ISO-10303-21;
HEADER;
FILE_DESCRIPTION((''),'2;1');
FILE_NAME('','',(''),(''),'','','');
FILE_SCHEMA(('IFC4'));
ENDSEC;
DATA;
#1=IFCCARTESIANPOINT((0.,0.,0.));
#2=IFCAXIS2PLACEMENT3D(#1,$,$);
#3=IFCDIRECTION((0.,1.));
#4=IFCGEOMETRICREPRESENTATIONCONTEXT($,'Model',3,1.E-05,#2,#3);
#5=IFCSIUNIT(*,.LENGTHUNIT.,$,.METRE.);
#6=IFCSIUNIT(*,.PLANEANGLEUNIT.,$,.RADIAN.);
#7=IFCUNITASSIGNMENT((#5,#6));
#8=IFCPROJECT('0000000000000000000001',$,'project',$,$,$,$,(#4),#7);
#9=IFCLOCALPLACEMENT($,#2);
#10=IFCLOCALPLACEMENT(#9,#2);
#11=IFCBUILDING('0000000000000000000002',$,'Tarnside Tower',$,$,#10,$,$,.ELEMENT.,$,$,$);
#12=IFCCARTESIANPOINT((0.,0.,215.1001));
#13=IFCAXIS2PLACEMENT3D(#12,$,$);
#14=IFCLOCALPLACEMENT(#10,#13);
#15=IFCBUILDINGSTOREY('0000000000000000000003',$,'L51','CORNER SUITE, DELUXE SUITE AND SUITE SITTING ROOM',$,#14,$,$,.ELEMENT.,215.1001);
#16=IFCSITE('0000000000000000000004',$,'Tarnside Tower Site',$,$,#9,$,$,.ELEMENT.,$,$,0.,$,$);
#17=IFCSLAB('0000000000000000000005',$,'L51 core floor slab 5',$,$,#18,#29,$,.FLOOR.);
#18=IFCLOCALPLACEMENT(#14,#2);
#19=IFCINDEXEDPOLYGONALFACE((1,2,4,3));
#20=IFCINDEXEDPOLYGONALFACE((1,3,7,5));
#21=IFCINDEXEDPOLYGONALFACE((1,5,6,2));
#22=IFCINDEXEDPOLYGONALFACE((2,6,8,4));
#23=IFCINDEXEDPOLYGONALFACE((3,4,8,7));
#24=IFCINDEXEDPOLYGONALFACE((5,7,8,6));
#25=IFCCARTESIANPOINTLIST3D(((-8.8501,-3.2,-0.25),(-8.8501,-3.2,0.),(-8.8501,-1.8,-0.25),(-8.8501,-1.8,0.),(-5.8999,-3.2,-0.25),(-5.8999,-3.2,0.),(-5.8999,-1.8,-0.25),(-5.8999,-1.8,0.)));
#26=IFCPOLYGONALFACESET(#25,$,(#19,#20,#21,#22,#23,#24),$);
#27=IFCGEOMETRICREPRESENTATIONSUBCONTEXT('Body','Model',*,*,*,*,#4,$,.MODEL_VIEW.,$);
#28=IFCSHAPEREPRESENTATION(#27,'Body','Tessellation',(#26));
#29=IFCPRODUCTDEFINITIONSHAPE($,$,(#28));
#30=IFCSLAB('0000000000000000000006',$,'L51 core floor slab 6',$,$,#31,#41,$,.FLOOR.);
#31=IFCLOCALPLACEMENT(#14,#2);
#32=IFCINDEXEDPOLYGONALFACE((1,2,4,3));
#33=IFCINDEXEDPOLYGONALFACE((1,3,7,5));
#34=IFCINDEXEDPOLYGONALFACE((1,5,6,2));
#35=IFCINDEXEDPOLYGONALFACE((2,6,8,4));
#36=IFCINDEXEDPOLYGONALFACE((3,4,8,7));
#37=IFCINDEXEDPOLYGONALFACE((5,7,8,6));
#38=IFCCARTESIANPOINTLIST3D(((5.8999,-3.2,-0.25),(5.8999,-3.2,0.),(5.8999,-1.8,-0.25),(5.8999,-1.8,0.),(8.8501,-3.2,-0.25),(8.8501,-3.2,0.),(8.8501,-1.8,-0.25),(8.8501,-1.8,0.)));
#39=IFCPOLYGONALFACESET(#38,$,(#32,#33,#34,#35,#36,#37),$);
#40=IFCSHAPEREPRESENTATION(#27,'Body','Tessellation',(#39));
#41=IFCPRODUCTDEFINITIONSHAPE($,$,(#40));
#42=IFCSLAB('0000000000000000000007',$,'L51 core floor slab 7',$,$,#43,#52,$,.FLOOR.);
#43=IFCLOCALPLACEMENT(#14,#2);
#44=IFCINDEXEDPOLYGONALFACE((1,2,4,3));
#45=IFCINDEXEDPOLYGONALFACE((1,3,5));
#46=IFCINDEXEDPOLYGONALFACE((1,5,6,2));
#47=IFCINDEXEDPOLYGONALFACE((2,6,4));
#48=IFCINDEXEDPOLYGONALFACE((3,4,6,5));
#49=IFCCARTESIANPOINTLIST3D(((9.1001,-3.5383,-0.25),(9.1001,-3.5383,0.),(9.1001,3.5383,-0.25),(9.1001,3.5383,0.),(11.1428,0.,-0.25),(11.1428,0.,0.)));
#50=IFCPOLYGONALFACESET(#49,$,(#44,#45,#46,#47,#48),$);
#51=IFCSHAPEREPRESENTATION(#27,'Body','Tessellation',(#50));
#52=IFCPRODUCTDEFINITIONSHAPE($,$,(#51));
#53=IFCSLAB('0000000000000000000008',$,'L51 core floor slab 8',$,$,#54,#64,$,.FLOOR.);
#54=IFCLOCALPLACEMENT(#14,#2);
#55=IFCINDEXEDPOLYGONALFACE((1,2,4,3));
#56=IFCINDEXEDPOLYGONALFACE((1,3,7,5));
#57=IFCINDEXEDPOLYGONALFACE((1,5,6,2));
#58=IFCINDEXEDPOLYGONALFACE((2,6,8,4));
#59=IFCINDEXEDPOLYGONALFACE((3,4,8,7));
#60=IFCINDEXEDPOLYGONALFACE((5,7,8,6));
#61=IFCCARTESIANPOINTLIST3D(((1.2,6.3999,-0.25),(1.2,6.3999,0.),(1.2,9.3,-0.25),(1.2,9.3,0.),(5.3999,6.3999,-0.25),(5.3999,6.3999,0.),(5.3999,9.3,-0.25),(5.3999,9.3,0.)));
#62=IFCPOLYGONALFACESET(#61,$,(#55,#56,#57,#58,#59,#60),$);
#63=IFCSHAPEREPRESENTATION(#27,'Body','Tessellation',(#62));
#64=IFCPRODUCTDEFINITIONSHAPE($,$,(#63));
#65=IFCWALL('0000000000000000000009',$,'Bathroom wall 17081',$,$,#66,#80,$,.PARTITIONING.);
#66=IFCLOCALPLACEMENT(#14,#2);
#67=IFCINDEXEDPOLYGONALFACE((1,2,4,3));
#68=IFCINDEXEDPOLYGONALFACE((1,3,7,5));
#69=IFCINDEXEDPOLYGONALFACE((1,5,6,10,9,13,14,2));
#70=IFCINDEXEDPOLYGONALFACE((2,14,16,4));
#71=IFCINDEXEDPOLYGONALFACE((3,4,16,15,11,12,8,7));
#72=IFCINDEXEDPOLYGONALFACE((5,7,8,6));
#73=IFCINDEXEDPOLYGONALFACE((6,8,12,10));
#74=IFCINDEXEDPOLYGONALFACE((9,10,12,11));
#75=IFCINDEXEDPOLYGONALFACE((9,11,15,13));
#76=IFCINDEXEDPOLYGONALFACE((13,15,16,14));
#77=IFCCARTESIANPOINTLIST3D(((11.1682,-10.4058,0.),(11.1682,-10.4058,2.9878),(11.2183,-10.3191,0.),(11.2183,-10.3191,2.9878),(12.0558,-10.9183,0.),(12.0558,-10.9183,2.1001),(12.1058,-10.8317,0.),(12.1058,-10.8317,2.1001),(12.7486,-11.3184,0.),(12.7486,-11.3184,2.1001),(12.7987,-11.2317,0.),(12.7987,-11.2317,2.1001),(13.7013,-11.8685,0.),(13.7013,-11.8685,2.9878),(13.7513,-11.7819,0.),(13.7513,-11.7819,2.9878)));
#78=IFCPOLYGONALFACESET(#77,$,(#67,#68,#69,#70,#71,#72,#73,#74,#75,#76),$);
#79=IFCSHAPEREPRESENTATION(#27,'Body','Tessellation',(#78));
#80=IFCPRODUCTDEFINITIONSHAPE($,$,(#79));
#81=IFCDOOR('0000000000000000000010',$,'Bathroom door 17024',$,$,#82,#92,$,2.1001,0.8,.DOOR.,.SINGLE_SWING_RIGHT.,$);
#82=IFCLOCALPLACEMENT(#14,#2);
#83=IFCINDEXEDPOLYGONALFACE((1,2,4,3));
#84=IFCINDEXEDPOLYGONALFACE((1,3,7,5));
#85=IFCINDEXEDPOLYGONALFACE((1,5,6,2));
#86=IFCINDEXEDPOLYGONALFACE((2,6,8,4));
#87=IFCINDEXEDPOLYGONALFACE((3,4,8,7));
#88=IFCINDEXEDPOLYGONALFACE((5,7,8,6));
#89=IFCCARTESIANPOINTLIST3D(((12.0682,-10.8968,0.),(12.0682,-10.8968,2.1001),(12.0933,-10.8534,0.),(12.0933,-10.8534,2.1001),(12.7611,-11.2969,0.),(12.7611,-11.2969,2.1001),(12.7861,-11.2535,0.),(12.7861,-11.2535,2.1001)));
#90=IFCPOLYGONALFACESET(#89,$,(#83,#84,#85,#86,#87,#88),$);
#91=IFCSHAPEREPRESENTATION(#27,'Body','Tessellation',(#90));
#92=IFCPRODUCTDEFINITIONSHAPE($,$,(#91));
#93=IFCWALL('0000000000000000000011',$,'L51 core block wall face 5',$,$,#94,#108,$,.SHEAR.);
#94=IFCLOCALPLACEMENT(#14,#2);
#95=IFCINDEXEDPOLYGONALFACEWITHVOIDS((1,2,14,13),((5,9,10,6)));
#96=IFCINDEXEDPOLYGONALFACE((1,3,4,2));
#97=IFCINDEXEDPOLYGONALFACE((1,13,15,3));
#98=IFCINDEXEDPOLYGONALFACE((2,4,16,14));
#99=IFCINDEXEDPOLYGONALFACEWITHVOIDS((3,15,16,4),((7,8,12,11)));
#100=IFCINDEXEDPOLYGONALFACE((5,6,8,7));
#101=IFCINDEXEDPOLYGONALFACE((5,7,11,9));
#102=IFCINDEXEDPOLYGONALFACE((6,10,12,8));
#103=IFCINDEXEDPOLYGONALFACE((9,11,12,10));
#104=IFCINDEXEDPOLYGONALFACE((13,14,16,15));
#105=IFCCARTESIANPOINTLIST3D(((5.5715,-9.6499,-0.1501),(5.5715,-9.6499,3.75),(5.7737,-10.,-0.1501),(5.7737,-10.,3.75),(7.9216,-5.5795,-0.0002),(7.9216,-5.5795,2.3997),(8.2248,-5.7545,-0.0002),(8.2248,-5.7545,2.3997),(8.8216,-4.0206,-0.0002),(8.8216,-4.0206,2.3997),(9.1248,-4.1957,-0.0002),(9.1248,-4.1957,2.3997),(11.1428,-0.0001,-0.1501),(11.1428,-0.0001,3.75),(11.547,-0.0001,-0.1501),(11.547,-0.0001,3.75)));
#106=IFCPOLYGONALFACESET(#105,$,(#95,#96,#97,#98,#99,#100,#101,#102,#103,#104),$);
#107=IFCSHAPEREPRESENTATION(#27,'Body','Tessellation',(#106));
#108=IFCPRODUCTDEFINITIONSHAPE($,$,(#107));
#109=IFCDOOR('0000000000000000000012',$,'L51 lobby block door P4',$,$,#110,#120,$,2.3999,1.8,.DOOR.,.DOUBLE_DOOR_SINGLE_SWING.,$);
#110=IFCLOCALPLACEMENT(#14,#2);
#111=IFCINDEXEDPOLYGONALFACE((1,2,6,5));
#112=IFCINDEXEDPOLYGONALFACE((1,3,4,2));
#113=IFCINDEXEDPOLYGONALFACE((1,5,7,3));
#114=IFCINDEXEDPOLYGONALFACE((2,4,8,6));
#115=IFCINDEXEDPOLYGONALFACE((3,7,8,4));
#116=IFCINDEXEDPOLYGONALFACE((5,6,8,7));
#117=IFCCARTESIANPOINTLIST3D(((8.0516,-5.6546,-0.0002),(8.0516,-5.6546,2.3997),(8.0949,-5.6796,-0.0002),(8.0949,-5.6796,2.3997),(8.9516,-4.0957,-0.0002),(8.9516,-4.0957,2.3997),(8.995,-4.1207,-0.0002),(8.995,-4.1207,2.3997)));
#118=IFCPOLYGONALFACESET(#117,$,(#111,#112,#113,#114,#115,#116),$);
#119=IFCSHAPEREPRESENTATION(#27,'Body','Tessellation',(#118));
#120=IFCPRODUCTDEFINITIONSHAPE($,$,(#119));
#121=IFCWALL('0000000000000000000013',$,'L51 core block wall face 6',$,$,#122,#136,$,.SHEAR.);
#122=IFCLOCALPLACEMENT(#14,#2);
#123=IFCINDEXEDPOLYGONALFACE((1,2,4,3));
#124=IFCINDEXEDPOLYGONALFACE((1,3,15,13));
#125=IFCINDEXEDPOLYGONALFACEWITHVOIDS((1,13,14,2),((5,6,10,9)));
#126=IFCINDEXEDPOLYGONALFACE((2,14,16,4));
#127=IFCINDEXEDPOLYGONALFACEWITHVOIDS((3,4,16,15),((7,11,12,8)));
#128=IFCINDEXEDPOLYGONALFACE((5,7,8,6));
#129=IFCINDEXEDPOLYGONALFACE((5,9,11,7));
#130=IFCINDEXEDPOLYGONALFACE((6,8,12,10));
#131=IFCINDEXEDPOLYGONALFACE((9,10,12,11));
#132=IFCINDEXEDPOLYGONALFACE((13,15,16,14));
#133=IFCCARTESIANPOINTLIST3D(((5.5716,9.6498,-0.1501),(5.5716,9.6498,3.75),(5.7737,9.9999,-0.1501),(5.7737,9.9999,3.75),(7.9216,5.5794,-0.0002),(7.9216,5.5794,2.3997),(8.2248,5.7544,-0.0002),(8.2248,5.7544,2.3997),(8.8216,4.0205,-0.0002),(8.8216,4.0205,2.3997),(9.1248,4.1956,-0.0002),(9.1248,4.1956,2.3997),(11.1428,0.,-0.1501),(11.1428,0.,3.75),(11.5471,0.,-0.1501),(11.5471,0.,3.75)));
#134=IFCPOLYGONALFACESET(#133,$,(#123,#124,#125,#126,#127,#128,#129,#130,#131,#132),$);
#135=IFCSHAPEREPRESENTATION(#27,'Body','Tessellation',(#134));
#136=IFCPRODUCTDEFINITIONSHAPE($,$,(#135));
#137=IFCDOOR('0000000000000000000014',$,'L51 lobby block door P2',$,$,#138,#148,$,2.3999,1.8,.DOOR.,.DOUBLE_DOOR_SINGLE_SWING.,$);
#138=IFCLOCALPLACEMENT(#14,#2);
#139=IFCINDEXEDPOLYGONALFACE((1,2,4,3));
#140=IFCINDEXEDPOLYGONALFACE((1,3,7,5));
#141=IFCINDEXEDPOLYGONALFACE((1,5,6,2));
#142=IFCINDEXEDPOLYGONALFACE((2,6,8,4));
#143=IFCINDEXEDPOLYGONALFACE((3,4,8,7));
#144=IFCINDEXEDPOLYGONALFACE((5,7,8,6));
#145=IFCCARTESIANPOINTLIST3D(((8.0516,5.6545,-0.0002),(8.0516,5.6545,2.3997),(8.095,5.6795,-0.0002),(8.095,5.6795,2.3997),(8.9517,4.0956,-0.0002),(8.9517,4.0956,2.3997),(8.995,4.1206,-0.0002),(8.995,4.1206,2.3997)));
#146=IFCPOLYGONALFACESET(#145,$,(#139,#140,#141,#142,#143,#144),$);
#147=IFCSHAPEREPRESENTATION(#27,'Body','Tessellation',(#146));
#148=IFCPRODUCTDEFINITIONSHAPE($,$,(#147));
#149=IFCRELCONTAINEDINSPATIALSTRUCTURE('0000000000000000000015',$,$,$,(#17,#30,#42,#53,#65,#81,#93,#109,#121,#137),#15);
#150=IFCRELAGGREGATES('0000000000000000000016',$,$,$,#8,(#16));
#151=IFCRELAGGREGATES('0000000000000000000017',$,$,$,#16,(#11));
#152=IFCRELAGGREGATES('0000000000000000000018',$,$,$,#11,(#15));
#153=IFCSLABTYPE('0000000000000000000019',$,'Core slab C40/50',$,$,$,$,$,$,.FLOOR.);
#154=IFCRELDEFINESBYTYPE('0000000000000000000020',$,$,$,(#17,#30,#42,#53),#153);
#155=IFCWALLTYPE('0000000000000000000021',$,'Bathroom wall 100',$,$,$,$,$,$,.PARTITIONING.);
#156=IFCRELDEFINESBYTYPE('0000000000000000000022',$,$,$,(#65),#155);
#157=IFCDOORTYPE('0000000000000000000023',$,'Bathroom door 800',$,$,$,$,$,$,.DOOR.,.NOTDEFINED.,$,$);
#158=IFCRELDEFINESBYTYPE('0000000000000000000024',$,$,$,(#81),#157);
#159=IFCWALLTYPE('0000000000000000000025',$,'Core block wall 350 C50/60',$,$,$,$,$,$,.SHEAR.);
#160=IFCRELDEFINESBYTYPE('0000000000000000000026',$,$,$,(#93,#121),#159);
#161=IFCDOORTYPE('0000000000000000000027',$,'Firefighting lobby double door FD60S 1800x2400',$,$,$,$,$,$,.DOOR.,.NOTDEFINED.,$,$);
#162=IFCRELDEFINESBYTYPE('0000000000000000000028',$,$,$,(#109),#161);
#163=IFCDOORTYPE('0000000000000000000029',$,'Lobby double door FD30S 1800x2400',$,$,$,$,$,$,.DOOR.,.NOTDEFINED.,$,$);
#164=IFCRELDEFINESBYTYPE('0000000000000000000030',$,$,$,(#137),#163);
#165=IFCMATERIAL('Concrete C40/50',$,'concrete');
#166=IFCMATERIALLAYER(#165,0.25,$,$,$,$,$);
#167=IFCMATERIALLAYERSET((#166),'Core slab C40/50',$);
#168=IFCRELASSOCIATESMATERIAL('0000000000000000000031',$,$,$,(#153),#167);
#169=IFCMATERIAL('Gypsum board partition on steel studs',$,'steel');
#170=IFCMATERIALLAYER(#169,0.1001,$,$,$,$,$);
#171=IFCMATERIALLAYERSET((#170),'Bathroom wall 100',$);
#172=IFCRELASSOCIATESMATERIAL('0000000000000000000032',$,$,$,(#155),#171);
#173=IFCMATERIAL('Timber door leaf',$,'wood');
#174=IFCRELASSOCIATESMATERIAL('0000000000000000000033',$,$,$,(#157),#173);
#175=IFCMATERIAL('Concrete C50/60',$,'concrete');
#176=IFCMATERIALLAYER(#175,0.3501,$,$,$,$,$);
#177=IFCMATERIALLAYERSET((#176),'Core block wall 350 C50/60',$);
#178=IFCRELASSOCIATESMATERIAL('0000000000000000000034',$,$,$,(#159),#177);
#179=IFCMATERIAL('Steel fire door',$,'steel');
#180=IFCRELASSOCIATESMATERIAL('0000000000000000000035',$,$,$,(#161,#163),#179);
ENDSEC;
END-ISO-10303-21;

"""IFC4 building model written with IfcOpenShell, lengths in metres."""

from ifc_helpers import new_model, si_unit, direction, frame, frame_2d, origin, place, context, subcontext, project, spatial, polyline, rectangle, outline, extrude, material, layer, layer_set, type_object, element, fill, save


model = new_model("IFC4")

# Units and contexts
model_context = context("Model", 3, precision=1e-05, world=origin(), true_north=direction((0.0, 1.0)))
body_context = subcontext(model_context, "Body", "Model", "MODEL_VIEW")
ifc_project = project(units=[si_unit("LENGTHUNIT", "METRE"), si_unit("PLANEANGLEUNIT", "RADIAN")], contexts=[model_context])

# Site, building, storey
site_placement = place(None, origin())
site = spatial("IfcSite", under=ifc_project, at=site_placement, Name="Tarnside Tower Site", CompositionType="ELEMENT", RefElevation=0.0)
building_placement = place(site_placement, origin())
building = spatial("IfcBuilding", under=site, at=building_placement, Name="Tarnside Tower", CompositionType="ELEMENT")
storey_placement = place(building_placement, frame((0.0, 0.0, 215.1001)))
storey = spatial("IfcBuildingStorey", under=building, at=storey_placement, Name="L51", Description="CORNER SUITE, DELUXE SUITE AND SUITE SITTING ROOM", CompositionType="ELEMENT", Elevation=215.1001)

# Slabs
ifc_material_1 = material(Name="Concrete C40/50", Category="concrete")
ifc_layer_1 = layer(ifc_material_1, 0.25)
ifc_layer_set_1 = layer_set([ifc_layer_1], Name="Core slab C40/50")
slab_type = type_object("IfcSlabType", Name="Core slab C40/50", PredefinedType="FLOOR", material=ifc_layer_set_1)
slab_1_placement = place(storey_placement, frame((0.0, 0.0, -0.25)))
element("IfcSlab", 1, at=slab_1_placement, inside=storey, type_object=slab_type, Name="L51 core floor slab 5", PredefinedType="FLOOR", context=body_context, shape_type="SweptSolid", body=[
    extrude(outline(polyline([(-8.8501, -1.8), (-5.8999, -1.8), (-5.8999, -3.2), (-8.8501, -3.2), (-8.8501, -1.8)])), origin(), (0.0, 0.0, 1.0), 0.25),
])
slab_2_placement = place(storey_placement, frame((0.0, 0.0, -0.25)))
element("IfcSlab", 2, at=slab_2_placement, inside=storey, type_object=slab_type, Name="L51 core floor slab 6", PredefinedType="FLOOR", context=body_context, shape_type="SweptSolid", body=[
    extrude(outline(polyline([(5.8999, -3.2), (5.8999, -1.8), (8.8501, -1.8), (8.8501, -3.2), (5.8999, -3.2)])), origin(), (0.0, 0.0, 1.0), 0.25),
])
slab_3_placement = place(storey_placement, frame((0.0, 0.0, -0.25)))
element("IfcSlab", 3, at=slab_3_placement, inside=storey, type_object=slab_type, Name="L51 core floor slab 7", PredefinedType="FLOOR", context=body_context, shape_type="SweptSolid", body=[
    extrude(outline(polyline([(9.1001, -3.5383), (9.1001, 3.5383), (11.1428, 0.0), (9.1001, -3.5383)])), origin(), (0.0, 0.0, 1.0), 0.25),
])
slab_4_placement = place(storey_placement, frame((0.0, 0.0, -0.25)))
element("IfcSlab", 4, at=slab_4_placement, inside=storey, type_object=slab_type, Name="L51 core floor slab 8", PredefinedType="FLOOR", context=body_context, shape_type="SweptSolid", body=[
    extrude(outline(polyline([(5.3999, 9.3), (5.3999, 6.3999), (1.2, 6.3999), (1.2, 9.3), (5.3999, 9.3)])), origin(), (0.0, 0.0, 1.0), 0.25),
])

# Walls, openings, doors
ifc_material_2 = material(Name="Gypsum board partition on steel studs", Category="steel")
ifc_layer_2 = layer(ifc_material_2, 0.1001)
ifc_layer_set_2 = layer_set([ifc_layer_2], Name="Bathroom wall 100")
wall_type_1 = type_object("IfcWallType", Name="Bathroom wall 100", PredefinedType="PARTITIONING", material=ifc_layer_set_2)
wall_1_placement = place(storey_placement, frame((11.1934, -10.3625, 0.0), z_axis=(0.0, 0.0, 1.0), x_axis=(0.86599, -0.500062, 0.0)))
wall_1 = element("IfcWall", 5, at=wall_1_placement, inside=storey, type_object=wall_type_1, Name="Bathroom wall 17081", PredefinedType="PARTITIONING", context=body_context, shape_type="SweptSolid", body=[
    extrude(rectangle(XDim=2.925, YDim=0.1001, at=frame_2d((1.4624, 0.0))), origin(), (0.0, 0.0, 1.0), 2.9878),
])
opening_1_placement = place(wall_1_placement, frame((1.0249, 0.0, 0.0)))
opening_1 = element("IfcOpeningElement", 6, at=opening_1_placement, cuts=wall_1, PredefinedType="OPENING", context=body_context, shape_type="SweptSolid", body=[
    extrude(rectangle(XDim=0.8, YDim=2.1001, at=frame_2d((0.3999, 1.05))), frame((0.0, 0.0601, 0.0), z_axis=(0.0, -1.0, 0.0), x_axis=(1.0, 0.0, 0.0)), (0.0, 0.0, 1.0), 0.1201),
])
ifc_material_3 = material(Name="Timber door leaf", Category="wood")
door_type_1 = type_object("IfcDoorType", Name="Bathroom door 800", OperationType="NOTDEFINED", PredefinedType="DOOR", material=ifc_material_3)
door_1_placement = place(opening_1_placement, origin())
door_1 = element("IfcDoor", 7, at=door_1_placement, inside=storey, type_object=door_type_1, Name="Bathroom door 17024", OperationType="SINGLE_SWING_RIGHT", OverallHeight=2.1001, OverallWidth=0.8, PredefinedType="DOOR", context=body_context, shape_type="SweptSolid", body=[
    extrude(rectangle(XDim=0.8, YDim=2.1001, at=frame_2d((0.3999, 1.05))), frame((0.0, 0.0249, 0.0), z_axis=(0.0, -1.0, 0.0), x_axis=(1.0, 0.0, 0.0)), (0.0, 0.0, 1.0), 0.05),
])
fill(opening_1, door_1)
ifc_material_4 = material(Name="Concrete C50/60", Category="concrete")
ifc_layer_3 = layer(ifc_material_4, 0.3501)
ifc_layer_set_3 = layer_set([ifc_layer_3], Name="Core block wall 350 C50/60")
wall_type_2 = type_object("IfcWallType", Name="Core block wall 350 C50/60", PredefinedType="SHEAR", material=ifc_layer_set_3)
wall_2_placement = place(storey_placement, frame((5.6726, -9.825, -0.1501), z_axis=(0.0, 0.0, 1.0), x_axis=(0.499995, 0.866028, 0.0)))
wall_2 = element("IfcWall", 8, at=wall_2_placement, inside=storey, type_object=wall_type_2, Name="L51 core block wall face 5", PredefinedType="SHEAR", context=body_context, shape_type="SweptSolid", body=[
    extrude(outline(polyline([(-0.1011, -0.175), (11.4458, -0.175), (11.2437, 0.175), (0.1011, 0.175), (-0.1011, -0.175)])), origin(), (0.0, 0.0, 1.0), 3.9001),
])
opening_2_placement = place(wall_2_placement, frame((4.8013, 0.0, 0.1499)))
opening_2 = element("IfcOpeningElement", 9, at=opening_2_placement, cuts=wall_2, PredefinedType="OPENING", context=body_context, shape_type="SweptSolid", body=[
    extrude(rectangle(XDim=1.8, YDim=2.3999, at=frame_2d((0.8999, 1.2))), frame((0.0, 0.1851, 0.0), z_axis=(0.0, -1.0, 0.0), x_axis=(1.0, 0.0, 0.0)), (0.0, 0.0, 1.0), 0.3701),
])
ifc_material_5 = material(Name="Steel fire door", Category="steel")
door_type_2 = type_object("IfcDoorType", Name="Firefighting lobby double door FD60S 1800x2400", OperationType="NOTDEFINED", PredefinedType="DOOR", material=ifc_material_5)
door_2_placement = place(opening_2_placement, origin())
door_2 = element("IfcDoor", 10, at=door_2_placement, inside=storey, type_object=door_type_2, Name="L51 lobby block door P4", OperationType="DOUBLE_DOOR_SINGLE_SWING", OverallHeight=2.3999, OverallWidth=1.8, PredefinedType="DOOR", context=body_context, shape_type="SweptSolid", body=[
    extrude(rectangle(XDim=1.8, YDim=2.3999, at=frame_2d((0.8999, 1.2))), frame((0.0, 0.0249, 0.0), z_axis=(0.0, -1.0, 0.0), x_axis=(1.0, 0.0, 0.0)), (0.0, 0.0, 1.0), 0.05),
])
fill(opening_2, door_2)
wall_3_placement = place(storey_placement, frame((11.345, 0.0, -0.1501), z_axis=(0.0, 0.0, 1.0), x_axis=(-0.499995, 0.866028, 0.0)))
wall_3 = element("IfcWall", 11, at=wall_3_placement, inside=storey, type_object=wall_type_2, Name="L51 core block wall face 6", PredefinedType="SHEAR", context=body_context, shape_type="SweptSolid", body=[
    extrude(outline(polyline([(-0.1011, -0.175), (11.4458, -0.175), (11.2437, 0.175), (0.1011, 0.175), (-0.1011, -0.175)])), origin(), (0.0, 0.0, 1.0), 3.9001),
])
opening_3_placement = place(wall_3_placement, frame((4.7437, 0.0, 0.1499)))
opening_3 = element("IfcOpeningElement", 12, at=opening_3_placement, cuts=wall_3, PredefinedType="OPENING", context=body_context, shape_type="SweptSolid", body=[
    extrude(rectangle(XDim=1.8, YDim=2.3999, at=frame_2d((0.8999, 1.2))), frame((0.0, 0.1851, 0.0), z_axis=(0.0, -1.0, 0.0), x_axis=(1.0, 0.0, 0.0)), (0.0, 0.0, 1.0), 0.3701),
])
door_type_3 = type_object("IfcDoorType", Name="Lobby double door FD30S 1800x2400", OperationType="NOTDEFINED", PredefinedType="DOOR", material=ifc_material_5)
door_3_placement = place(opening_3_placement, origin())
door_3 = element("IfcDoor", 13, at=door_3_placement, inside=storey, type_object=door_type_3, Name="L51 lobby block door P2", OperationType="DOUBLE_DOOR_SINGLE_SWING", OverallHeight=2.3999, OverallWidth=1.8, PredefinedType="DOOR", context=body_context, shape_type="SweptSolid", body=[
    extrude(rectangle(XDim=1.8, YDim=2.3999, at=frame_2d((0.8999, 1.2))), frame((0.0, 0.0249, 0.0), z_axis=(0.0, -1.0, 0.0), x_axis=(1.0, 0.0, 0.0)), (0.0, 0.0, 1.0), 0.05),
])
fill(opening_3, door_3)

save(model, "model.ifc")
